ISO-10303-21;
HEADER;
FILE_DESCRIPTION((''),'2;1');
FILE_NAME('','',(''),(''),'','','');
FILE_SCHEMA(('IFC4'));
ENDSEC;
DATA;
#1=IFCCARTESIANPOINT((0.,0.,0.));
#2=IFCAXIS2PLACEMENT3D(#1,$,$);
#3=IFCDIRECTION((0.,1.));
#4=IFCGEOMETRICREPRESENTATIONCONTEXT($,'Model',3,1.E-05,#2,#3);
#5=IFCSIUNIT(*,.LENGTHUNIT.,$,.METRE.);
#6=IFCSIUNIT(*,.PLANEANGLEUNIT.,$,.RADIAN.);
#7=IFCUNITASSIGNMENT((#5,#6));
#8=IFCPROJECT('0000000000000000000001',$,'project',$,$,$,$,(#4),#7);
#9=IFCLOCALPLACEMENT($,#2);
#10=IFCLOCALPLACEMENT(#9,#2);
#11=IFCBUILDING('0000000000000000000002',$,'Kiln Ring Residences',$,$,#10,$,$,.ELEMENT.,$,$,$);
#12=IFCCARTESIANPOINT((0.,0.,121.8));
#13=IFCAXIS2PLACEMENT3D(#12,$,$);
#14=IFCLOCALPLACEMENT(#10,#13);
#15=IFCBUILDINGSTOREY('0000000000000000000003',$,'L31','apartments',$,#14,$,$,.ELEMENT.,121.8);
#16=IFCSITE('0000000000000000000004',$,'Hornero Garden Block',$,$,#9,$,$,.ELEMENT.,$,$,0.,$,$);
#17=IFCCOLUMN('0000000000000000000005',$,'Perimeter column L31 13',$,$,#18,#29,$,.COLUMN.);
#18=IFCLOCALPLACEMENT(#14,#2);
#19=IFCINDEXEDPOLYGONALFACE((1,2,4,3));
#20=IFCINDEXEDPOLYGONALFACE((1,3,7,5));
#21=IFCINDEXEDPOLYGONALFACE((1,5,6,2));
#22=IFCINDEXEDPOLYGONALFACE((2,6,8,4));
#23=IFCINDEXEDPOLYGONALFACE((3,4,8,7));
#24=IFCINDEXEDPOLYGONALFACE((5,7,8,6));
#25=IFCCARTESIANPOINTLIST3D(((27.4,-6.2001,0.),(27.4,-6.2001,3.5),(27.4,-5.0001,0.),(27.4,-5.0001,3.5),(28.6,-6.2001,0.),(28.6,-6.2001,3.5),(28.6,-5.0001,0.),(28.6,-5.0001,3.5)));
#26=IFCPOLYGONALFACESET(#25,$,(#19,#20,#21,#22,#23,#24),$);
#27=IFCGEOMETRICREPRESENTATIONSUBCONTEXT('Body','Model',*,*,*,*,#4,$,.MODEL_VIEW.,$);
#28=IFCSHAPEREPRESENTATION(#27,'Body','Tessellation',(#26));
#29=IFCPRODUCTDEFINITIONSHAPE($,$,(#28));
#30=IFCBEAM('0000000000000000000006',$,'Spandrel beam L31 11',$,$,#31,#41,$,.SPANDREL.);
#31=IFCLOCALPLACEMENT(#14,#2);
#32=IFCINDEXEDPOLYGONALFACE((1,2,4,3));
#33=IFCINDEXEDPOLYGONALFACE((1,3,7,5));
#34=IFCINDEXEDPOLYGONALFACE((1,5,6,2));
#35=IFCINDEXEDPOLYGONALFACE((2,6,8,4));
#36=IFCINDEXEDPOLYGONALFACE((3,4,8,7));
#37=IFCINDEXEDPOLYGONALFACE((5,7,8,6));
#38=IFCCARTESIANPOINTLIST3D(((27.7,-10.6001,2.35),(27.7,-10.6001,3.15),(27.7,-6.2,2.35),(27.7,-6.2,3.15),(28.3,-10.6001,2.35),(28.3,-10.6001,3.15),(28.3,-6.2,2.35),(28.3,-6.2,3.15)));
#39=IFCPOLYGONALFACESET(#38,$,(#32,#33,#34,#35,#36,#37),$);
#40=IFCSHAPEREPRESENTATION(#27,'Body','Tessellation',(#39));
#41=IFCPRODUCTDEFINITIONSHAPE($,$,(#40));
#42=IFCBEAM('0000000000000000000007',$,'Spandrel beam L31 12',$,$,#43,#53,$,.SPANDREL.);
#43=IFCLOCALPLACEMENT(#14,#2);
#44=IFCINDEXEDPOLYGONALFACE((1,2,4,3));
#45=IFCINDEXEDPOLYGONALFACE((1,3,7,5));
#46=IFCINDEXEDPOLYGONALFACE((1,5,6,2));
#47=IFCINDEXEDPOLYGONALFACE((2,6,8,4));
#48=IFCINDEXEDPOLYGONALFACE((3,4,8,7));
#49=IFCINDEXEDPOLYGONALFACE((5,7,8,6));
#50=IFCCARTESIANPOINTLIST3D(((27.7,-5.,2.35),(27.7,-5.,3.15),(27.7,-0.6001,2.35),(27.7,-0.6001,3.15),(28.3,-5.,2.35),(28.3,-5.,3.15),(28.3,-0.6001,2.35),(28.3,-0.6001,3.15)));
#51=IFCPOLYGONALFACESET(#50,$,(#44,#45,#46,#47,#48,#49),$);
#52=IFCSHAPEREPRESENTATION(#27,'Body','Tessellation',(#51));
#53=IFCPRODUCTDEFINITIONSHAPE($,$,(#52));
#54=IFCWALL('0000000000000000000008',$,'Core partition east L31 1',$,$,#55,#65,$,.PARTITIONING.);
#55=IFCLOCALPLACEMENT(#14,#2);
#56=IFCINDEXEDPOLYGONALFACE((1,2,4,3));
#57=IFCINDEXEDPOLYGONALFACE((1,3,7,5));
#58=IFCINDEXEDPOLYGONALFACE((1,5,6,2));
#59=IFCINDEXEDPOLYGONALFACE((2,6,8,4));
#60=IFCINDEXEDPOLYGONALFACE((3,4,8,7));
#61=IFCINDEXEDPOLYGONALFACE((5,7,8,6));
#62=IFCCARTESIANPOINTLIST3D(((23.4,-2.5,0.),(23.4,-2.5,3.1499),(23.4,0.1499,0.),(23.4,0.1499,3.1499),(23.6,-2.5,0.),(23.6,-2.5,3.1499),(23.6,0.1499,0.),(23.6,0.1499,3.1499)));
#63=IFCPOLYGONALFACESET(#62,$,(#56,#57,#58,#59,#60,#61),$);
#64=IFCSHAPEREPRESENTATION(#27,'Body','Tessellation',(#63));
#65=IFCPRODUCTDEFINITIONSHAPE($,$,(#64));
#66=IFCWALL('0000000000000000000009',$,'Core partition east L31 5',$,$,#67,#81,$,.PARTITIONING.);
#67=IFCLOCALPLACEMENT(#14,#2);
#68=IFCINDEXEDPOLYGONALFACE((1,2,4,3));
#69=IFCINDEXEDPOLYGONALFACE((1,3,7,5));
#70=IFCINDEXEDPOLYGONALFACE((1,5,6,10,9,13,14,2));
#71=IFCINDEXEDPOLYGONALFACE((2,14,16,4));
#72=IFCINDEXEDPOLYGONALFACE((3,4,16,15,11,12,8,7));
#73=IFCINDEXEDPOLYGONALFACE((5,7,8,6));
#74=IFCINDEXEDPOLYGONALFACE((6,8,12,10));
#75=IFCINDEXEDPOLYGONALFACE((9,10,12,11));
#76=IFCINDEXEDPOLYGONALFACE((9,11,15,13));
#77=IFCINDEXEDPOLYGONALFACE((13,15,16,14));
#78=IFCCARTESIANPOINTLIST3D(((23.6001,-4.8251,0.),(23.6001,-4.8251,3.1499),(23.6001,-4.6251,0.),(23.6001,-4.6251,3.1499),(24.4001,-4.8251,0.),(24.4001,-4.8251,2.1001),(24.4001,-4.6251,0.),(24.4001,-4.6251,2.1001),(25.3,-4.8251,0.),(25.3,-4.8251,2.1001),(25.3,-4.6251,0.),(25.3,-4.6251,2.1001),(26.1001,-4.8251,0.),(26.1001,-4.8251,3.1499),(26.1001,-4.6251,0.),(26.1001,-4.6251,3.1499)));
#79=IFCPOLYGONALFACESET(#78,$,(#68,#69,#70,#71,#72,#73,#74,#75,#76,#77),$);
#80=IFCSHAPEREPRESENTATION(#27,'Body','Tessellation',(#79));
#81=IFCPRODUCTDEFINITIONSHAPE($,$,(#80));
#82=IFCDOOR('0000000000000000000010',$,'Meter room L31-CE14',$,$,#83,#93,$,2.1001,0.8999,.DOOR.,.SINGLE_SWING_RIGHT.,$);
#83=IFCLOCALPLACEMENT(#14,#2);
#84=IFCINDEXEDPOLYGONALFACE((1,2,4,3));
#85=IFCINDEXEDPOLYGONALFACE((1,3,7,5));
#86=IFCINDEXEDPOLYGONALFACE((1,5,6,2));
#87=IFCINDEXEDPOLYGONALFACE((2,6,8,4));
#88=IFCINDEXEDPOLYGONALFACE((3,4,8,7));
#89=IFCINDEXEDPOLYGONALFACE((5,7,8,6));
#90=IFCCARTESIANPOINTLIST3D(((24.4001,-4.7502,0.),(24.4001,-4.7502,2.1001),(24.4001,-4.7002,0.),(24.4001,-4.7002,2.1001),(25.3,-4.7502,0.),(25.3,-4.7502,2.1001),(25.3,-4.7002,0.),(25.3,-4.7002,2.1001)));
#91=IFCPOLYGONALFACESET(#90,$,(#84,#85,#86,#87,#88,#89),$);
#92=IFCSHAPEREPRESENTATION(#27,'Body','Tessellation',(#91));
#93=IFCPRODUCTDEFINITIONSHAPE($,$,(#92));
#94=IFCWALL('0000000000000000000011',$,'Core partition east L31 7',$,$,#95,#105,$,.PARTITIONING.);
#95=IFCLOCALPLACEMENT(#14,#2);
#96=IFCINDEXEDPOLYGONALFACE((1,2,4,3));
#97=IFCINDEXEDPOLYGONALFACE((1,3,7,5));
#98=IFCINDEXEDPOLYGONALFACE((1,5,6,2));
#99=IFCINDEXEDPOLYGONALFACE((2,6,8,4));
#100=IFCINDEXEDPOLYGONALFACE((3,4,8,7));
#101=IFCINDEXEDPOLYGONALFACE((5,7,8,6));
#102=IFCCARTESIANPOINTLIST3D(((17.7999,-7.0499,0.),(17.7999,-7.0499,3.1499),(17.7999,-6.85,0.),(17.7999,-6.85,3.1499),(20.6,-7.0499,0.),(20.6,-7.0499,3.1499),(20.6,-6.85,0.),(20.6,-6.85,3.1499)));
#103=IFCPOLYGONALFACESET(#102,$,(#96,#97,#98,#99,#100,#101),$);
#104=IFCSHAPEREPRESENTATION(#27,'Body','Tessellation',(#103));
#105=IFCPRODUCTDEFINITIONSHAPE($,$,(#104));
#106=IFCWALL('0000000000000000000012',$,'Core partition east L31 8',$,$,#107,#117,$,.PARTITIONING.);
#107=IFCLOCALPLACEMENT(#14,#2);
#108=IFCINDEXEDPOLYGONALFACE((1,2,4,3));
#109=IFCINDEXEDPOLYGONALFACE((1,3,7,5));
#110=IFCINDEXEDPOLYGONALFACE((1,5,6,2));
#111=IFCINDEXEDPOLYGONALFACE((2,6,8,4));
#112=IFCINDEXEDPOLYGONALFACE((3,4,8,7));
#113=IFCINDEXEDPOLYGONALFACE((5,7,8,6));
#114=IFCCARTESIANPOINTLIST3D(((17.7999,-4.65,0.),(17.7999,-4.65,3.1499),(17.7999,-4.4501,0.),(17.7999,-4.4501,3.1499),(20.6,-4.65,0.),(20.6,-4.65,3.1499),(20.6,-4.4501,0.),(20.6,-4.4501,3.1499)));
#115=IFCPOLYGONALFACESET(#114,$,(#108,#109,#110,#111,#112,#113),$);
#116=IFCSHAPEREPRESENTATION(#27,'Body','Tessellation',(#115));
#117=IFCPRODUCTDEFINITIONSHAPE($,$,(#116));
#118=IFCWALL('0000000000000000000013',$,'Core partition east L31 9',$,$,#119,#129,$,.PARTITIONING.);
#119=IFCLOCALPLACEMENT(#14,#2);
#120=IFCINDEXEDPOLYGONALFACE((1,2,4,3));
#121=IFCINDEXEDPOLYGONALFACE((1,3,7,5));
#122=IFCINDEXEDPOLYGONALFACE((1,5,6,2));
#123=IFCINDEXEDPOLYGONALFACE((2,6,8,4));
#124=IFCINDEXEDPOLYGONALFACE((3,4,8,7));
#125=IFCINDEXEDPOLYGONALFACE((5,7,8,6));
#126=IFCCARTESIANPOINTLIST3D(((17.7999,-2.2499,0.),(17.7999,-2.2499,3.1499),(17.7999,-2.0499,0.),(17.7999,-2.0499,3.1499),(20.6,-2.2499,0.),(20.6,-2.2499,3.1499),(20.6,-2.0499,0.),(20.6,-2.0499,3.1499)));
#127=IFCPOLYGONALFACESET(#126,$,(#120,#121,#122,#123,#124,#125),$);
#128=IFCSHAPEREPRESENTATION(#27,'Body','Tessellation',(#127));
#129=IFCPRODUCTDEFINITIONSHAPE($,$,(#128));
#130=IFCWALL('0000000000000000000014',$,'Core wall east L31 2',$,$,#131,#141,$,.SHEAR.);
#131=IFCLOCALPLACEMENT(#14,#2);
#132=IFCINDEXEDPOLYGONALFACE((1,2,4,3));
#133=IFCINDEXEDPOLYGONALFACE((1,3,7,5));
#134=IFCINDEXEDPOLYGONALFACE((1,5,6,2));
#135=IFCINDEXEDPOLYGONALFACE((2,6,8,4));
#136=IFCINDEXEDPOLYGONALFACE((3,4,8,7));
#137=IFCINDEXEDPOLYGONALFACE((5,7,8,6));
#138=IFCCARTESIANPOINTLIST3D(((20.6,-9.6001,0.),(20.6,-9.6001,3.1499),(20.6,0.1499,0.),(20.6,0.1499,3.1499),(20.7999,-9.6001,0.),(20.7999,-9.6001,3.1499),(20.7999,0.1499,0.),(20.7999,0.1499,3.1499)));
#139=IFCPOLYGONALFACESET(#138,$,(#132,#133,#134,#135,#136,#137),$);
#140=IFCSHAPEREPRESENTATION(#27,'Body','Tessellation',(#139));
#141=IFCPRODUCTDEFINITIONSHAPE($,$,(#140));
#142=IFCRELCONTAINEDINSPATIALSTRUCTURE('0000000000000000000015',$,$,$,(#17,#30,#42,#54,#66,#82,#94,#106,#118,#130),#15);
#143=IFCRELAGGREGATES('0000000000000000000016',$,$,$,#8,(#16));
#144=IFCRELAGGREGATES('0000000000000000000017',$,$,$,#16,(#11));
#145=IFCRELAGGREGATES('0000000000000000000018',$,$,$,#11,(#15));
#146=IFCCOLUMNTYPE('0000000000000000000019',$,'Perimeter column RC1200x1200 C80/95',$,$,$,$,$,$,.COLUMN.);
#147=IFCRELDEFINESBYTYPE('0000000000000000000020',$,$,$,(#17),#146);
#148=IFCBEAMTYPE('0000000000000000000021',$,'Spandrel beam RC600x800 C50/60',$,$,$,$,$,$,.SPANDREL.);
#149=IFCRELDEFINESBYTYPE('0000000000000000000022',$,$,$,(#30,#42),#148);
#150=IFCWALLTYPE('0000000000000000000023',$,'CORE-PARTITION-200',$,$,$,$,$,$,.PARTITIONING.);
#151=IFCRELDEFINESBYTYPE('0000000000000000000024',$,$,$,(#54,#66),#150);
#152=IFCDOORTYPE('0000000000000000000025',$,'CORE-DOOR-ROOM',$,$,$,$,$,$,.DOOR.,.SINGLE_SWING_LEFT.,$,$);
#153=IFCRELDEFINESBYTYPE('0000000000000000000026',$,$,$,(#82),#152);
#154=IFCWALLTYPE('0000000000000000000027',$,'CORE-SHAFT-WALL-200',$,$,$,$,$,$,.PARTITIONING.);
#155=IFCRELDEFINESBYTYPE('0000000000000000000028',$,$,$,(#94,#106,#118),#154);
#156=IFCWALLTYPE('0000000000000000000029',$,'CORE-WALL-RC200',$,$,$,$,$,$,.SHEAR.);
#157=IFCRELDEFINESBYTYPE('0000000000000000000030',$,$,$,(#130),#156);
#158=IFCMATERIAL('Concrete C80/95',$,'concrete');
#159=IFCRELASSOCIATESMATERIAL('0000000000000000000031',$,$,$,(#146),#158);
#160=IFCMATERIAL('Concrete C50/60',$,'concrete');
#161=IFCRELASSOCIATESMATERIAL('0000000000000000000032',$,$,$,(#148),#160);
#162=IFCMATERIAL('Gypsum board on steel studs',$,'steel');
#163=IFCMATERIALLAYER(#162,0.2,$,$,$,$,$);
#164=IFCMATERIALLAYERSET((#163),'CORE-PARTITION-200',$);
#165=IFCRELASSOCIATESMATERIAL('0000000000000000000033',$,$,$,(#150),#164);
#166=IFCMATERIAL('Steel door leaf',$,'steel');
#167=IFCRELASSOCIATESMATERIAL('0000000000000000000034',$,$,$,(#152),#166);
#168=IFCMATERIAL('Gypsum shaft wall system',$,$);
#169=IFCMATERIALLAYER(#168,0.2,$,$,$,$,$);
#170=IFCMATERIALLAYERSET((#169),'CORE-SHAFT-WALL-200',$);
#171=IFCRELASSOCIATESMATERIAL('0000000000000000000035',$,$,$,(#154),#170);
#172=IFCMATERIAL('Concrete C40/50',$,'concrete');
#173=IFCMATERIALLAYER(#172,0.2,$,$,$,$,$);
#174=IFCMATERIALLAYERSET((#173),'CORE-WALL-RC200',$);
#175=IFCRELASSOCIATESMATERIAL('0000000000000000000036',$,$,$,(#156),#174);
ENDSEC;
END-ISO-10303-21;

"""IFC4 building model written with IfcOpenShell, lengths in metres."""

from ifc_helpers import new_model, si_unit, direction, frame, frame_2d, origin, origin_2d, place, context, subcontext, project, spatial, rectangle, extrude, material, layer, layer_set, material_profile, profile_set, type_object, element, fill, save


model = new_model("IFC4")

# Units and contexts
model_context = context("Model", 3, precision=1e-05, world=origin(), true_north=direction((0.0, 1.0)))
body_context = subcontext(model_context, "Body", "Model", "MODEL_VIEW")
ifc_project = project(units=[si_unit("LENGTHUNIT", "METRE"), si_unit("PLANEANGLEUNIT", "RADIAN")], contexts=[model_context])

# Site, building, storey
site_placement = place(None, origin())
site = spatial("IfcSite", under=ifc_project, at=site_placement, Name="Hornero Garden Block", CompositionType="ELEMENT", RefElevation=0.0)
building_placement = place(site_placement, origin())
building = spatial("IfcBuilding", under=site, at=building_placement, Name="Kiln Ring Residences", CompositionType="ELEMENT")
storey_placement = place(building_placement, frame((0.0, 0.0, 121.8)))
storey = spatial("IfcBuildingStorey", under=building, at=storey_placement, Name="L31", Description="apartments", CompositionType="ELEMENT", Elevation=121.8)

# Column
ifc_material_1 = material(Name="Concrete C80/95", Category="concrete")
ifc_material_profile_1 = material_profile(ifc_material_1, rectangle(XDim=1.2, YDim=1.2, at=origin_2d()), Name="RC1200x1200")
ifc_profile_set_1 = profile_set([ifc_material_profile_1], Name="Concrete C80/95")
column_type = type_object("IfcColumnType", Name="Perimeter column RC1200x1200 C80/95", PredefinedType="COLUMN", material=ifc_profile_set_1)
column_placement = place(storey_placement, frame((28.0, -5.6001, 0.0), z_axis=(0.0, 0.0, 1.0), x_axis=(1.0, 0.0, 0.0)))
element("IfcColumn", 1, at=column_placement, inside=storey, type_object=column_type, Name="Perimeter column L31 13", PredefinedType="COLUMN", context=body_context, shape_type="SweptSolid", body=[
    extrude(rectangle(XDim=1.2, YDim=1.2, at=origin_2d()), origin(), (0.0, 0.0, 1.0), 3.5),
])

# Beams
ifc_material_2 = material(Name="Concrete C50/60", Category="concrete")
ifc_material_profile_2 = material_profile(ifc_material_2, rectangle(XDim=0.6001, YDim=0.8, at=origin_2d()), Name="RC600x800")
ifc_profile_set_2 = profile_set([ifc_material_profile_2], Name="Concrete C50/60")
beam_type = type_object("IfcBeamType", Name="Spandrel beam RC600x800 C50/60", PredefinedType="SPANDREL", material=ifc_profile_set_2)
beam_1_placement = place(storey_placement, frame((28.0, -10.6001, 2.75), z_axis=(0.0, 1.0, 0.0), x_axis=(-1.0, 0.0, 0.0)))
element("IfcBeam", 2, at=beam_1_placement, inside=storey, type_object=beam_type, Name="Spandrel beam L31 11", PredefinedType="SPANDREL", context=body_context, shape_type="SweptSolid", body=[
    extrude(rectangle(XDim=0.6001, YDim=0.8, at=origin_2d()), origin(), (0.0, 0.0, 1.0), 4.4001),
])
beam_2_placement = place(storey_placement, frame((28.0, -5.0, 2.75), z_axis=(0.0, 1.0, 0.0), x_axis=(-1.0, 0.0, 0.0)))
element("IfcBeam", 3, at=beam_2_placement, inside=storey, type_object=beam_type, Name="Spandrel beam L31 12", PredefinedType="SPANDREL", context=body_context, shape_type="SweptSolid", body=[
    extrude(rectangle(XDim=0.6001, YDim=0.8, at=origin_2d()), origin(), (0.0, 0.0, 1.0), 4.3999),
])

# Wall
ifc_material_3 = material(Name="Gypsum board on steel studs", Category="steel")
ifc_layer_1 = layer(ifc_material_3, 0.2)
ifc_layer_set_1 = layer_set([ifc_layer_1], Name="CORE-PARTITION-200")
wall_type_1 = type_object("IfcWallType", Name="CORE-PARTITION-200", PredefinedType="PARTITIONING", material=ifc_layer_set_1)
wall_1_placement = place(storey_placement, frame((23.5, -2.5, 0.0), z_axis=(0.0, 0.0, 1.0), x_axis=(0.0, 1.0, 0.0)))
element("IfcWall", 4, at=wall_1_placement, inside=storey, type_object=wall_type_1, Name="Core partition east L31 1", PredefinedType="PARTITIONING", context=body_context, shape_type="SweptSolid", body=[
    extrude(rectangle(XDim=2.6499, YDim=0.2, at=frame_2d((1.325, 0.0))), origin(), (0.0, 0.0, 1.0), 3.1499),
])

# Wall, opening, door
wall_2_placement = place(storey_placement, frame((23.6001, -4.7251, 0.0), z_axis=(0.0, 0.0, 1.0), x_axis=(1.0, 0.0, 0.0)))
wall_2 = element("IfcWall", 5, at=wall_2_placement, inside=storey, type_object=wall_type_1, Name="Core partition east L31 5", PredefinedType="PARTITIONING", context=body_context, shape_type="SweptSolid", body=[
    extrude(rectangle(XDim=2.5, YDim=0.2, at=frame_2d((1.25, 0.0))), origin(), (0.0, 0.0, 1.0), 3.1499),
])
opening_1_placement = place(wall_2_placement, frame((0.8, 0.0, 0.0)))
opening_1 = element("IfcOpeningElement", 6, at=opening_1_placement, cuts=wall_2, PredefinedType="OPENING", context=body_context, shape_type="SweptSolid", body=[
    extrude(rectangle(XDim=0.8999, YDim=2.1001, at=frame_2d((0.45, 1.05))), frame((0.0, 0.1099, 0.0), z_axis=(0.0, -1.0, 0.0), x_axis=(1.0, 0.0, 0.0)), (0.0, 0.0, 1.0), 0.22),
])
ifc_material_4 = material(Name="Steel door leaf", Category="steel")
door_type_1 = type_object("IfcDoorType", Name="CORE-DOOR-ROOM", OperationType="SINGLE_SWING_LEFT", PredefinedType="DOOR", material=ifc_material_4)
door_1_placement = place(opening_1_placement, origin())
door_1 = element("IfcDoor", 7, at=door_1_placement, inside=storey, type_object=door_type_1, Name="Meter room L31-CE14", OperationType="SINGLE_SWING_RIGHT", OverallHeight=2.1001, OverallWidth=0.8999, PredefinedType="DOOR", context=body_context, shape_type="SweptSolid", body=[
    extrude(rectangle(XDim=0.8999, YDim=2.1001, at=frame_2d((0.45, 1.05))), frame((0.0, 0.0249, 0.0), z_axis=(0.0, -1.0, 0.0), x_axis=(1.0, 0.0, 0.0)), (0.0, 0.0, 1.0), 0.05),
])
fill(opening_1, door_1)

# Walls
ifc_material_5 = material(Name="Gypsum shaft wall system")
ifc_layer_2 = layer(ifc_material_5, 0.2)
ifc_layer_set_2 = layer_set([ifc_layer_2], Name="CORE-SHAFT-WALL-200")
wall_type_2 = type_object("IfcWallType", Name="CORE-SHAFT-WALL-200", PredefinedType="PARTITIONING", material=ifc_layer_set_2)
for number, where, z_axis, x_axis, name in (
    (8, (17.8, -6.95, 0.0), (0.0, 0.0, 1.0), (1.0, 0.0, 0.0), "Core partition east L31 7"),
    (9, (17.8, -4.55, 0.0), (0.0, 0.0, 1.0), (1.0, 0.0, 0.0), "Core partition east L31 8"),
    (10, (17.8, -2.1499, 0.0), (0.0, 0.0, 1.0), (1.0, 0.0, 0.0), "Core partition east L31 9"),
):
    element("IfcWall", number, at=place(storey_placement, frame(where, z_axis=z_axis, x_axis=x_axis)), inside=storey, type_object=wall_type_2, Name=name, PredefinedType="PARTITIONING", context=body_context, shape_type="SweptSolid", body=[
        extrude(rectangle(XDim=2.8, YDim=0.2, at=frame_2d((1.3999, 0.0))), origin(), (0.0, 0.0, 1.0), 3.1499),
    ])
ifc_material_6 = material(Name="Concrete C40/50", Category="concrete")
ifc_layer_3 = layer(ifc_material_6, 0.2)
ifc_layer_set_3 = layer_set([ifc_layer_3], Name="CORE-WALL-RC200")
wall_type_3 = type_object("IfcWallType", Name="CORE-WALL-RC200", PredefinedType="SHEAR", material=ifc_layer_set_3)
wall_3_placement = place(storey_placement, frame((20.7, -9.6001, 0.0), z_axis=(0.0, 0.0, 1.0), x_axis=(0.0, 1.0, 0.0)))
element("IfcWall", 11, at=wall_3_placement, inside=storey, type_object=wall_type_3, Name="Core wall east L31 2", PredefinedType="SHEAR", context=body_context, shape_type="SweptSolid", body=[
    extrude(rectangle(XDim=9.75, YDim=0.2, at=frame_2d((4.875, 0.0))), origin(), (0.0, 0.0, 1.0), 3.1499),
])

save(model, "model.ifc")
